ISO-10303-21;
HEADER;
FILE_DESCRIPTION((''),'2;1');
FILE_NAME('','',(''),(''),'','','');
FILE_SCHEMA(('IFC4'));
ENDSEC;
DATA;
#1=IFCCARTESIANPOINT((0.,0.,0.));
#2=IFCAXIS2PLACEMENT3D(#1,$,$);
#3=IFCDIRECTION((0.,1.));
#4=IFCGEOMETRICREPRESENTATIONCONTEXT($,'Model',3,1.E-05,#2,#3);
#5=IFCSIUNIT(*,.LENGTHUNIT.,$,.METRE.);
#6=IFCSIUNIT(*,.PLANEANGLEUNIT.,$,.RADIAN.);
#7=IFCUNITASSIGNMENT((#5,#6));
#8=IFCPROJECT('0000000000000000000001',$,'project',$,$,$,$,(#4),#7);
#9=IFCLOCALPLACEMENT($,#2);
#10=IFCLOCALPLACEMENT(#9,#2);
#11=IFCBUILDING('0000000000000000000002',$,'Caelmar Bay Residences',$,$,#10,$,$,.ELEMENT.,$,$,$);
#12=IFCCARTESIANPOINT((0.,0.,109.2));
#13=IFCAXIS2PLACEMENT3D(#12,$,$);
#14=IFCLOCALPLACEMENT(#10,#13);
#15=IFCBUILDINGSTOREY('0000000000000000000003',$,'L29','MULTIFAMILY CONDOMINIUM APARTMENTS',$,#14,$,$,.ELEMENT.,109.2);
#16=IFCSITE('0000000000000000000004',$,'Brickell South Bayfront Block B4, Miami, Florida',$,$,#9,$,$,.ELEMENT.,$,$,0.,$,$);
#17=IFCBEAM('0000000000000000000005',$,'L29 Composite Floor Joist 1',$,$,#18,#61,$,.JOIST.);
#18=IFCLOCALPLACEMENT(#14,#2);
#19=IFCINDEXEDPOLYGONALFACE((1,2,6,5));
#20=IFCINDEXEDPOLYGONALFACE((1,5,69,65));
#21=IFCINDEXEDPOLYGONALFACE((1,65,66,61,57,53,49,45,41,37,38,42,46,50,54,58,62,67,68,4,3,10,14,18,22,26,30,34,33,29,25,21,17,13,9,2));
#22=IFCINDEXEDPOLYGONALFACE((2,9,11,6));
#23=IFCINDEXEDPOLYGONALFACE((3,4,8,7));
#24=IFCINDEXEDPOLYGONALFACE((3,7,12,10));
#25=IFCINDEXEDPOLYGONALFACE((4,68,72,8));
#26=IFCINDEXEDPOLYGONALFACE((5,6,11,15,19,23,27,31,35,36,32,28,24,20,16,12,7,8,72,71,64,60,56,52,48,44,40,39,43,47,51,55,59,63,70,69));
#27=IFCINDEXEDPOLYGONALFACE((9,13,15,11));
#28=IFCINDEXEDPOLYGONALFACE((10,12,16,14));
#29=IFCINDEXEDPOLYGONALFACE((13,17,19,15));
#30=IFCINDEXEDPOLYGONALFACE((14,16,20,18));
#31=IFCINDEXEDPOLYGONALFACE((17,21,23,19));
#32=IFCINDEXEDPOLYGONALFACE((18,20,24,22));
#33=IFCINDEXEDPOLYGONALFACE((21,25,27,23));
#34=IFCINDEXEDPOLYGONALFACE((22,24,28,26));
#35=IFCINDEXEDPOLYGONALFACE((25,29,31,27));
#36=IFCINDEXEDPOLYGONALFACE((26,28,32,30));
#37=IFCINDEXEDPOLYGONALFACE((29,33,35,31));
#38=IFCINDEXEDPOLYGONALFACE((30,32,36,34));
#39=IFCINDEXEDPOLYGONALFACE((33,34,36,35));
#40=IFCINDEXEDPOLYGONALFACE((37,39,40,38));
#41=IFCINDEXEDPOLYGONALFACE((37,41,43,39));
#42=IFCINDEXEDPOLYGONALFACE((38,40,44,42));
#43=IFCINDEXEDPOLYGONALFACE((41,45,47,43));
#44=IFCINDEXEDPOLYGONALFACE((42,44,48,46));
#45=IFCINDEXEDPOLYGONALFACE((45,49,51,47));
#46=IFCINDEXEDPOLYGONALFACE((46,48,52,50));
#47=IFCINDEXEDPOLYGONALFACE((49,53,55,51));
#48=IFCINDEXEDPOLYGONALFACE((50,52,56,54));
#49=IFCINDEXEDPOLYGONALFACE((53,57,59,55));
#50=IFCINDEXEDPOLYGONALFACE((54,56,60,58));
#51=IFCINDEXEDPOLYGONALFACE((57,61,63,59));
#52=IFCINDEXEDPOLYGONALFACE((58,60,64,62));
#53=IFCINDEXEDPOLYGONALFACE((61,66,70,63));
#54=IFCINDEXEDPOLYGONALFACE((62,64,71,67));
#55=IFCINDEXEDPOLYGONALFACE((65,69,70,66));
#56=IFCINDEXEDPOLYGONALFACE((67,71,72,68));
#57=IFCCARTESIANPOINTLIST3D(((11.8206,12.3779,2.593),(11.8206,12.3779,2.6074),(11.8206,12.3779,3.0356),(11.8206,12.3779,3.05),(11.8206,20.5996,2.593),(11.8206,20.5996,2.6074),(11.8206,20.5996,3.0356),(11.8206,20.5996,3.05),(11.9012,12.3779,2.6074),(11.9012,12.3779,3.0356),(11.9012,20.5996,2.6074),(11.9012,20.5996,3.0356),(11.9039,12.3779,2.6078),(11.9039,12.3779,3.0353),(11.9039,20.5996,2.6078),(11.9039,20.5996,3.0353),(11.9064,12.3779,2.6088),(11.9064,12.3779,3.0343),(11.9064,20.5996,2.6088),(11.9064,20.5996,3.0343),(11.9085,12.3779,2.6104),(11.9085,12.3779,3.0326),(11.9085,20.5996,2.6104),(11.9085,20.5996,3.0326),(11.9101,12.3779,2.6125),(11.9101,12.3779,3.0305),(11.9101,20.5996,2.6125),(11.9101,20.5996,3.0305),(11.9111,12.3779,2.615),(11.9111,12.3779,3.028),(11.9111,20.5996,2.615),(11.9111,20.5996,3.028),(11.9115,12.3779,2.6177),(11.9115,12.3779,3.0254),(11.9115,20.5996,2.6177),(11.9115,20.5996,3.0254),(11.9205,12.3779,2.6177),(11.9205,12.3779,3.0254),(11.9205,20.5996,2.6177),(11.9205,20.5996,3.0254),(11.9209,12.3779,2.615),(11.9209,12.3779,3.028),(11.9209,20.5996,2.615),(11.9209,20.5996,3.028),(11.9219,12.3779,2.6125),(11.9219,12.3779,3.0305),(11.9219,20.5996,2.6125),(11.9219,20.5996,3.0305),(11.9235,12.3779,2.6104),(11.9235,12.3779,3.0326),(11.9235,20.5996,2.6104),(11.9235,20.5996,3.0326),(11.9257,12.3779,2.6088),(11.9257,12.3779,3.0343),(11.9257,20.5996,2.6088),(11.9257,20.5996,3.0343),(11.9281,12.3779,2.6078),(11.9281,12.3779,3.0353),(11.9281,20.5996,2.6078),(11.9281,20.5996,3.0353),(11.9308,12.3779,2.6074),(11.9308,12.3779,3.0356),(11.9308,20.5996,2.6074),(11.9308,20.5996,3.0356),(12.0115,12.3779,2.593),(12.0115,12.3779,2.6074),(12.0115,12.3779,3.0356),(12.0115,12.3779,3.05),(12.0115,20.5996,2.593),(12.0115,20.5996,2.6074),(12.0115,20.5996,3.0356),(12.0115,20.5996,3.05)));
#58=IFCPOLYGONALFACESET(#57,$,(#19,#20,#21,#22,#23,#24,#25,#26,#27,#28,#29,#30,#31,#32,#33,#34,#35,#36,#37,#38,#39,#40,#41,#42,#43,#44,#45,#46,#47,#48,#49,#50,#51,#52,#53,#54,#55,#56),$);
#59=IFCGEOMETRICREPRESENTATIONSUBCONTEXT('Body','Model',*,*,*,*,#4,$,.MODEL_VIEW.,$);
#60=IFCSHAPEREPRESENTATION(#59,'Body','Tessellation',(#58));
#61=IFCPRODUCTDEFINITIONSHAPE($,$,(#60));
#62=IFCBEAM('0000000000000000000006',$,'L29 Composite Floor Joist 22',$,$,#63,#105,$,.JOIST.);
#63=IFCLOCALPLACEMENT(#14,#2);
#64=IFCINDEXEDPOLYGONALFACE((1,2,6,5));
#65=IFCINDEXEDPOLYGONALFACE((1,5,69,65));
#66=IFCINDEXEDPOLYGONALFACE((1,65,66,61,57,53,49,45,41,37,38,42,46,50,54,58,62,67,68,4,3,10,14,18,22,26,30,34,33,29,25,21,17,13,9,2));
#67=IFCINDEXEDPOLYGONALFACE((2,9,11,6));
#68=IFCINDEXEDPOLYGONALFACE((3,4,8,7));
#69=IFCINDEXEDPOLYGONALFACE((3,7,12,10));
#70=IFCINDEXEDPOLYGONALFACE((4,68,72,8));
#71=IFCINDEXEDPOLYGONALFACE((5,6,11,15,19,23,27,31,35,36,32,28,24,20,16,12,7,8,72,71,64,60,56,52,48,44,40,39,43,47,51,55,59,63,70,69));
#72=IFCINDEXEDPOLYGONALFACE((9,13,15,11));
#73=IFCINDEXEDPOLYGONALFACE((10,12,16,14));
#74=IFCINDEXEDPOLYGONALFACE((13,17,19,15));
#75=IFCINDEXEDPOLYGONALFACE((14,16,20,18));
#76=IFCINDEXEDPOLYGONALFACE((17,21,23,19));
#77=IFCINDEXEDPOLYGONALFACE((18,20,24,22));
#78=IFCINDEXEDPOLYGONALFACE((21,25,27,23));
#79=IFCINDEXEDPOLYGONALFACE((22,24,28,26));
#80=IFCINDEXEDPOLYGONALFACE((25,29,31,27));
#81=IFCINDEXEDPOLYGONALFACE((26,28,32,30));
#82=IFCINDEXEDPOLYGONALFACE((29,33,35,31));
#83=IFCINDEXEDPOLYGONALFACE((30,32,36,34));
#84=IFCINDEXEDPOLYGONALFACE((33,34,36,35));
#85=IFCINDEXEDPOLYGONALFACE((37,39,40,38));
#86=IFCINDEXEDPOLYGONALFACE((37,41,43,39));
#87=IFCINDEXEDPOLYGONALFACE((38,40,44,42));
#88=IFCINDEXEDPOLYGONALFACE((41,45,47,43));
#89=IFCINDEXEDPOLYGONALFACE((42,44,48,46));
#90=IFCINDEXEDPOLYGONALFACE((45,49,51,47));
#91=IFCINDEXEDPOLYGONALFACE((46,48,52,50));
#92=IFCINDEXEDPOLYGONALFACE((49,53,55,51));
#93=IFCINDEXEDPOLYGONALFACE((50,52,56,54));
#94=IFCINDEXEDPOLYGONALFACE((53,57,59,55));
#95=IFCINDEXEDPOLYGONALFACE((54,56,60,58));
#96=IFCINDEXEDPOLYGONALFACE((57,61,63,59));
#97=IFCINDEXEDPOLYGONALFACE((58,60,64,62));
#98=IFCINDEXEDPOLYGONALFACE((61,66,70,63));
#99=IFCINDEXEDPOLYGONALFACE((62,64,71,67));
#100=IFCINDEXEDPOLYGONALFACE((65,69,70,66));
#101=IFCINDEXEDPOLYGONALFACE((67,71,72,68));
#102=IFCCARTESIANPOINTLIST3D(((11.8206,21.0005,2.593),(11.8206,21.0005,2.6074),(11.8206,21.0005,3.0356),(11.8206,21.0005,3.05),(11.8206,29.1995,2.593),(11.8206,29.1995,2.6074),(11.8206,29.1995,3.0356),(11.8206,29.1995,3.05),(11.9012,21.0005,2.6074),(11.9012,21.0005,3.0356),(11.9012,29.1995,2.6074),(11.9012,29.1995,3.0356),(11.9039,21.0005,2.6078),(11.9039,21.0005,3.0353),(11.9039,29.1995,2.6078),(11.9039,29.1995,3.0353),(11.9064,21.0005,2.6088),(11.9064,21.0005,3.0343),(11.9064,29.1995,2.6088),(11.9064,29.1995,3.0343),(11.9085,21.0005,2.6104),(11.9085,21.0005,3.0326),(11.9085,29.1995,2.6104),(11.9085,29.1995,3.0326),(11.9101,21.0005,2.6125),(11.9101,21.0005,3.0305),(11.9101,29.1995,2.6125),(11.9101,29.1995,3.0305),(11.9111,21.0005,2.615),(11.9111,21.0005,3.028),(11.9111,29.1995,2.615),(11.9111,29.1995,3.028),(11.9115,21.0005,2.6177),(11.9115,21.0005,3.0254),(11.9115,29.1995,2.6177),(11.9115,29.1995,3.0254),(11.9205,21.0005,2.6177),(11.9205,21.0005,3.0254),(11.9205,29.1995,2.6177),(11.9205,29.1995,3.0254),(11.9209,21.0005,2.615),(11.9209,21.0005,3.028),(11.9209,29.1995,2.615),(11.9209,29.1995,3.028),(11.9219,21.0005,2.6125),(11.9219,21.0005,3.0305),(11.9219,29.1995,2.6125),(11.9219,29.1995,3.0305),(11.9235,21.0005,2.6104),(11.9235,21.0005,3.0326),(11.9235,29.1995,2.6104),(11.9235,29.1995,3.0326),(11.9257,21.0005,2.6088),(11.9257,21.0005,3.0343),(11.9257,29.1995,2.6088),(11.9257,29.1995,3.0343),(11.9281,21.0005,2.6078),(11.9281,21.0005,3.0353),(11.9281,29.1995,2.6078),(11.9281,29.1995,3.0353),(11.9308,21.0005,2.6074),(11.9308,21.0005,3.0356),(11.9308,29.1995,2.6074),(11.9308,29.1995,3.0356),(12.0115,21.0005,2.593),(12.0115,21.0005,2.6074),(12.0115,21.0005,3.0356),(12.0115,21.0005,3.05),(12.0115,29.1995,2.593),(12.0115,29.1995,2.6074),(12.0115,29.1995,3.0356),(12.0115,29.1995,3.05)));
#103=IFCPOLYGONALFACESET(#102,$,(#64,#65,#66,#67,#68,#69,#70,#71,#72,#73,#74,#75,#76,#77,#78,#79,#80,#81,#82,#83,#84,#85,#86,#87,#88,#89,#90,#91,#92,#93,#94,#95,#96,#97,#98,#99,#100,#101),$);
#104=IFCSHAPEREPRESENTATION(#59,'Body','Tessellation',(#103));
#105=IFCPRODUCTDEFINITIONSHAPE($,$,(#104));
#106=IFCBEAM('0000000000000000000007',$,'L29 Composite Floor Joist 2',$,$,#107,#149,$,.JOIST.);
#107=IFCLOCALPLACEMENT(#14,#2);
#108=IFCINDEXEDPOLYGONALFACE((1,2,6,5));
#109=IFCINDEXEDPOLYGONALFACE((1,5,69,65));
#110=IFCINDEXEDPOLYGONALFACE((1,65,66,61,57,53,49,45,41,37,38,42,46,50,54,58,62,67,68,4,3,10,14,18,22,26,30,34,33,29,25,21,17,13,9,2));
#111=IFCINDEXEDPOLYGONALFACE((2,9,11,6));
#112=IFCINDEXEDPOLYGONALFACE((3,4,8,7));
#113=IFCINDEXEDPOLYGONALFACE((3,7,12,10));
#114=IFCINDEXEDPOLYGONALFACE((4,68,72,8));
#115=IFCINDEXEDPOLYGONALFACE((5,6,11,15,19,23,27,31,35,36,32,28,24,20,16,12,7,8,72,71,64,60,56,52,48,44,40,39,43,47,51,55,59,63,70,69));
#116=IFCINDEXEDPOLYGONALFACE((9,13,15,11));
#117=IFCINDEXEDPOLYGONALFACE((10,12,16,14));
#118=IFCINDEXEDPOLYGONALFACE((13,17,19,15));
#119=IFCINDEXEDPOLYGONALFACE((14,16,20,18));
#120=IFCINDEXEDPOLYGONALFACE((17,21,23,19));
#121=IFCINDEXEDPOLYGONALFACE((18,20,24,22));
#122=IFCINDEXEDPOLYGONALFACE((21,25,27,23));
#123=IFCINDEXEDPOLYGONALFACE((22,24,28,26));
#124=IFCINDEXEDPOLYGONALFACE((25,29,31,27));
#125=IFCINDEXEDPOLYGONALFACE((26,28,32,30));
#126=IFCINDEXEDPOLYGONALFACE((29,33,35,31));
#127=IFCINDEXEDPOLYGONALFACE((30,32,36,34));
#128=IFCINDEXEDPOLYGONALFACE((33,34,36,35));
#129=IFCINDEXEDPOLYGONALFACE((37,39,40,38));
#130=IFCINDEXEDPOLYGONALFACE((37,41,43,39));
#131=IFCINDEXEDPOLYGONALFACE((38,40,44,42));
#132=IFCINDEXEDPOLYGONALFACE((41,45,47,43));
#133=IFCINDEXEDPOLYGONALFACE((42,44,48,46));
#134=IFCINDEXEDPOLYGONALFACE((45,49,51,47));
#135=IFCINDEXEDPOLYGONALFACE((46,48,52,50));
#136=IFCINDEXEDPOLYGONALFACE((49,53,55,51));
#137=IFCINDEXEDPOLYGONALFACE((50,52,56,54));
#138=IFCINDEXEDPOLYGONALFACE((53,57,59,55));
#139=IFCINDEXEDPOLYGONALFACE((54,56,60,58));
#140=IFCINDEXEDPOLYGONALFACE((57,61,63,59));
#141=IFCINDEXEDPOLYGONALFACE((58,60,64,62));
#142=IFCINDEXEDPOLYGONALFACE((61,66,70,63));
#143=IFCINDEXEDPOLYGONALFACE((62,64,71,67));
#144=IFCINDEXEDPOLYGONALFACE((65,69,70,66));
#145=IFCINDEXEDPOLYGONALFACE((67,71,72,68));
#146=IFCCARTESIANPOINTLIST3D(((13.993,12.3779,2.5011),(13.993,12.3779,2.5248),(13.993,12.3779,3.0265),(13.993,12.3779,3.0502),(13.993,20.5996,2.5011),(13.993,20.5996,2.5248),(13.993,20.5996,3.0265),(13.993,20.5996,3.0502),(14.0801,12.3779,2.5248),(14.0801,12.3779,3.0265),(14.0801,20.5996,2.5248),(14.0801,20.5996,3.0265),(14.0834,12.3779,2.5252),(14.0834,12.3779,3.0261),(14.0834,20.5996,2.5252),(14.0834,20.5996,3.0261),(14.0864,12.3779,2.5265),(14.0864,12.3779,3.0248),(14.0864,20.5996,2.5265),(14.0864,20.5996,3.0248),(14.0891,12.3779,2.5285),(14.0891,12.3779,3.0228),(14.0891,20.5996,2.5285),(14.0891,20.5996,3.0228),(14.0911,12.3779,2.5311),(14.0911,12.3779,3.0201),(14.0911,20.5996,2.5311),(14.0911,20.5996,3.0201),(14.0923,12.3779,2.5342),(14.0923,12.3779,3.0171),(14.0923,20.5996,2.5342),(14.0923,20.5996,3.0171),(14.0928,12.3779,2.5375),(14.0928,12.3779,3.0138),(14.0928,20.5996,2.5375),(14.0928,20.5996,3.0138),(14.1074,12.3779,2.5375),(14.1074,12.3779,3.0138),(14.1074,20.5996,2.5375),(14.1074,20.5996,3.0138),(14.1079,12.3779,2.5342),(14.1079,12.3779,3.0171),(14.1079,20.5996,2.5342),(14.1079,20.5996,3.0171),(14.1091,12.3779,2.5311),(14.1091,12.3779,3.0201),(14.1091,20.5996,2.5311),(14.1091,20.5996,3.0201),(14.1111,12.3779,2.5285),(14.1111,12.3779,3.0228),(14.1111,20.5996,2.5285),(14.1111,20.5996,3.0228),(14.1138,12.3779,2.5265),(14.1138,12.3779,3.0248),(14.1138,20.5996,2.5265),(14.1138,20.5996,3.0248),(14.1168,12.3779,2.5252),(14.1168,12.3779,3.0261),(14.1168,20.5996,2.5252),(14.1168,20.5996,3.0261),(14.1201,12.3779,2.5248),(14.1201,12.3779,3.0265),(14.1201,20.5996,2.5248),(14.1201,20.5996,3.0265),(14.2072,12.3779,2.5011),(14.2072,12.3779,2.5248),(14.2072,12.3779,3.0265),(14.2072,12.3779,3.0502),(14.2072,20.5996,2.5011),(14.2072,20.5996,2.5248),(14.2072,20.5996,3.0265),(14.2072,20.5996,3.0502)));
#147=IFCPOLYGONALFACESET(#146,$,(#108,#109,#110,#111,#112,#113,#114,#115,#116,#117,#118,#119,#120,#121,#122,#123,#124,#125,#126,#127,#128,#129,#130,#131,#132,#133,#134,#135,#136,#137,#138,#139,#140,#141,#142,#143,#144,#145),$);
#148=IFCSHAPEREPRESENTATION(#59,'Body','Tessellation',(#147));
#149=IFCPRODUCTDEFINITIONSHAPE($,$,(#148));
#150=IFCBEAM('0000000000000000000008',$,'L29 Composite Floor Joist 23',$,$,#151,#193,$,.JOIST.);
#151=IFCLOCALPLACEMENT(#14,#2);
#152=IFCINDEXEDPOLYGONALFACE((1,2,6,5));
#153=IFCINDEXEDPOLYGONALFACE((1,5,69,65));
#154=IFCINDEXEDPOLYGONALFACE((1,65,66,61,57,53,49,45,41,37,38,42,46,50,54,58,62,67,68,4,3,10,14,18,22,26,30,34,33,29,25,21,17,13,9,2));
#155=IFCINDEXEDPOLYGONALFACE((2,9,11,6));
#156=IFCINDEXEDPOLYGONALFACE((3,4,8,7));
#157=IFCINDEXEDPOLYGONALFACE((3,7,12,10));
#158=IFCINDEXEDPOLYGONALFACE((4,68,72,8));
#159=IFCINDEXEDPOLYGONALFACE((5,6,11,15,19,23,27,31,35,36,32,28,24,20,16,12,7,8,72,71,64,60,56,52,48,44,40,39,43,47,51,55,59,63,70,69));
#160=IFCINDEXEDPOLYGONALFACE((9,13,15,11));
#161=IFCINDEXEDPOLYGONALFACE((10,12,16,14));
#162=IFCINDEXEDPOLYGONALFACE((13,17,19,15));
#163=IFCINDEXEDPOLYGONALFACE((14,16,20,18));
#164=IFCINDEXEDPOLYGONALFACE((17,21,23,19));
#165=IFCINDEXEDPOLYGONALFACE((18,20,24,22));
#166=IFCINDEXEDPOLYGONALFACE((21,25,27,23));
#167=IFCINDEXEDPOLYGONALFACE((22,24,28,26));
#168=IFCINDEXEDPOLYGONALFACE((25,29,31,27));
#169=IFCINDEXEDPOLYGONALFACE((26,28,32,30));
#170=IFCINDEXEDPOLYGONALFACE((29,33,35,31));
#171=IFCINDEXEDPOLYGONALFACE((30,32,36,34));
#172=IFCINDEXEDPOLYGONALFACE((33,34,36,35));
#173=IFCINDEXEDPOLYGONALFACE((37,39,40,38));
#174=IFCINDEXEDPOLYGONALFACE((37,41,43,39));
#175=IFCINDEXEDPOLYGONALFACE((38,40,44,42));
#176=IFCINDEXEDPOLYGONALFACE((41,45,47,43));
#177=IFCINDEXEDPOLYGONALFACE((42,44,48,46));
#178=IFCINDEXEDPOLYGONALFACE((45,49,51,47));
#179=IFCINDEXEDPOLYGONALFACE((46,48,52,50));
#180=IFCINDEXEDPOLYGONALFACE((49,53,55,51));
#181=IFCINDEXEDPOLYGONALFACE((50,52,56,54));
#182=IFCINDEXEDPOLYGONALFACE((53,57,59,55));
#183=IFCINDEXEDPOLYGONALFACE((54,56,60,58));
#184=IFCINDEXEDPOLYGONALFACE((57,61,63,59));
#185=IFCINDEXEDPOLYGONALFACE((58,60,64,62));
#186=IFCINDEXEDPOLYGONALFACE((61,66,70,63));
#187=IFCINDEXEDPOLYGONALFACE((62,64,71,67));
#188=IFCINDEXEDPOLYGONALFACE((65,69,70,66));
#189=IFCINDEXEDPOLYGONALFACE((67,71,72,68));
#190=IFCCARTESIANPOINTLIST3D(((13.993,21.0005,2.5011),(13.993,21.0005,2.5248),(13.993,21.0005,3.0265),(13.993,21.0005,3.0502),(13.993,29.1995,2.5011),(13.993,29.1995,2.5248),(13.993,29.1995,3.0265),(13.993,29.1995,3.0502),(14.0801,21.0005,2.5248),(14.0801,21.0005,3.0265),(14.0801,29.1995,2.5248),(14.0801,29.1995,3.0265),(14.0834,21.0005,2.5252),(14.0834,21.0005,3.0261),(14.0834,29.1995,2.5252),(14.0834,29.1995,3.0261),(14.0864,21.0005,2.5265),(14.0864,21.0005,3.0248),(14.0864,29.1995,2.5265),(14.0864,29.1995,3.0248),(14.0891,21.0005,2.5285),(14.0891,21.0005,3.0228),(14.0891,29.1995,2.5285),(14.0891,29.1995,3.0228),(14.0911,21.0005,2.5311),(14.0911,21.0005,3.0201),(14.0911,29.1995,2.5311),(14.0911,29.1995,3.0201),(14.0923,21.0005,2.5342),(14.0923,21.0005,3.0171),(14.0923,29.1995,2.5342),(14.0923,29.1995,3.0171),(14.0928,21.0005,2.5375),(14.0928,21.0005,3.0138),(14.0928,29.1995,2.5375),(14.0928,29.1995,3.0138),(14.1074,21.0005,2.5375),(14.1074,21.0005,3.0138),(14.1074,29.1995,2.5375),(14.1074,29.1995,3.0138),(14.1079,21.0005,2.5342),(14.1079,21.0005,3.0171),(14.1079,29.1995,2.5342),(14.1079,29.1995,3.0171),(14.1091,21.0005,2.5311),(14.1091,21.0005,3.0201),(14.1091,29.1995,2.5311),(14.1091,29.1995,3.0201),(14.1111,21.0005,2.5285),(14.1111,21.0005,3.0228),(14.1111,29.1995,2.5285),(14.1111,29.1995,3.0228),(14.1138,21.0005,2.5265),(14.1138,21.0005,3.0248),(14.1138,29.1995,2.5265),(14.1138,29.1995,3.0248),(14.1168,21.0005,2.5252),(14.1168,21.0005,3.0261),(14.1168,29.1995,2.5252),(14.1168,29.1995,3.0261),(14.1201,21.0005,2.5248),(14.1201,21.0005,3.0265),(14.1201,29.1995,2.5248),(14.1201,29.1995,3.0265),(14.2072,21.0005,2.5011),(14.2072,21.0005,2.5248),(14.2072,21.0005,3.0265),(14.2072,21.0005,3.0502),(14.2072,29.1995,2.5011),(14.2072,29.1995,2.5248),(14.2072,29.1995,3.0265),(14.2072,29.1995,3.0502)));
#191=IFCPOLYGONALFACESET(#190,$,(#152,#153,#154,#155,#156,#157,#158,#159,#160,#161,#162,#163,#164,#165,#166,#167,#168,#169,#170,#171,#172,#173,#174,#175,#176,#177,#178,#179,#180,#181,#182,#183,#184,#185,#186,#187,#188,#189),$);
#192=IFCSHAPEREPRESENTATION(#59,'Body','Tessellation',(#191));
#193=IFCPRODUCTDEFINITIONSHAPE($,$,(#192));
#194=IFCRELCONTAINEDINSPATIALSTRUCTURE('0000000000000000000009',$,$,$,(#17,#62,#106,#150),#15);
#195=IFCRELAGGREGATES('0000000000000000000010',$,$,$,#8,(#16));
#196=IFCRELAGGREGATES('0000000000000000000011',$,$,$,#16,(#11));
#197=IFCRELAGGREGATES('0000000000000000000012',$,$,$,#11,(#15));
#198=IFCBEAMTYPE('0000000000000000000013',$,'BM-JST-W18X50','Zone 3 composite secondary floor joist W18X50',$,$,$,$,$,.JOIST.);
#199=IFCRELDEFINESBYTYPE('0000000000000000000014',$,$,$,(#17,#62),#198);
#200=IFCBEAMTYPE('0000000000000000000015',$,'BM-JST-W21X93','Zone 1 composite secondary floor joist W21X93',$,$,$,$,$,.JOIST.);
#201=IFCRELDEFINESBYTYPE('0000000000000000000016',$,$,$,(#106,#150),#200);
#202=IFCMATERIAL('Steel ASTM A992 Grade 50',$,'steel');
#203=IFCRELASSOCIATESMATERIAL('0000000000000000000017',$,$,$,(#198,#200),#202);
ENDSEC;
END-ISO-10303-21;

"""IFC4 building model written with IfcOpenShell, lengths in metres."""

from ifc_helpers import new_model, si_unit, direction, frame, origin, origin_2d, place, context, subcontext, project, spatial, i_section, extrude, material, material_profile, profile_set, type_object, element, save


model = new_model("IFC4")

# Units and contexts
model_context = context("Model", 3, precision=1e-05, world=origin(), true_north=direction((0.0, 1.0)))
body_context = subcontext(model_context, "Body", "Model", "MODEL_VIEW")
ifc_project = project(units=[si_unit("LENGTHUNIT", "METRE"), si_unit("PLANEANGLEUNIT", "RADIAN")], contexts=[model_context])

# Site, building, storey
site_placement = place(None, origin())
site = spatial("IfcSite", under=ifc_project, at=site_placement, Name="Brickell South Bayfront Block B4, Miami, Florida", CompositionType="ELEMENT", RefElevation=0.0)
building_placement = place(site_placement, origin())
building = spatial("IfcBuilding", under=site, at=building_placement, Name="Caelmar Bay Residences", CompositionType="ELEMENT")
storey_placement = place(building_placement, frame((0.0, 0.0, 109.2)))
storey = spatial("IfcBuildingStorey", under=building, at=storey_placement, Name="L29", Description="MULTIFAMILY CONDOMINIUM APARTMENTS", CompositionType="ELEMENT", Elevation=109.2)

# Beams
ifc_material_1 = material(Name="Steel ASTM A992 Grade 50", Category="steel")
ifc_material_profile_1 = material_profile(ifc_material_1, i_section(OverallWidth=0.1909, OverallDepth=0.457, WebThickness=0.009, FlangeThickness=0.0144, FilletRadius=0.0103, at=origin_2d()), Name="W18X50")
ifc_profile_set_1 = profile_set([ifc_material_profile_1], Name="Steel ASTM A992 Grade 50")
beam_type_1 = type_object("IfcBeamType", Name="BM-JST-W18X50", Description="Zone 3 composite secondary floor joist W18X50", PredefinedType="JOIST", material=ifc_profile_set_1)
beam_1_placement = place(storey_placement, frame((11.916, 12.3779, 2.8215), z_axis=(0.0, 1.0, 0.0), x_axis=(-1.0, 0.0, 0.0)))
element("IfcBeam", 1, at=beam_1_placement, inside=storey, type_object=beam_type_1, Name="L29 Composite Floor Joist 1", PredefinedType="JOIST", context=body_context, shape_type="SweptSolid", body=[
    extrude(i_section(OverallWidth=0.1909, OverallDepth=0.457, WebThickness=0.009, FlangeThickness=0.0144, FilletRadius=0.0103, at=origin_2d()), origin(), (0.0, 0.0, 1.0), 8.2217),
])
beam_2_placement = place(storey_placement, frame((11.916, 21.0005, 2.8215), z_axis=(0.0, 1.0, 0.0), x_axis=(-1.0, 0.0, 0.0)))
element("IfcBeam", 2, at=beam_2_placement, inside=storey, type_object=beam_type_1, Name="L29 Composite Floor Joist 22", PredefinedType="JOIST", context=body_context, shape_type="SweptSolid", body=[
    extrude(i_section(OverallWidth=0.1909, OverallDepth=0.457, WebThickness=0.009, FlangeThickness=0.0144, FilletRadius=0.0103, at=origin_2d()), origin(), (0.0, 0.0, 1.0), 8.199),
])
ifc_material_profile_2 = material_profile(ifc_material_1, i_section(OverallWidth=0.2141, OverallDepth=0.5491, WebThickness=0.0146, FlangeThickness=0.0237, FilletRadius=0.0127, at=origin_2d()), Name="W21X93")
ifc_profile_set_2 = profile_set([ifc_material_profile_2], Name="Steel ASTM A992 Grade 50")
beam_type_2 = type_object("IfcBeamType", Name="BM-JST-W21X93", Description="Zone 1 composite secondary floor joist W21X93", PredefinedType="JOIST", material=ifc_profile_set_2)
beam_3_placement = place(storey_placement, frame((14.1001, 12.3779, 2.7756), z_axis=(0.0, 1.0, 0.0), x_axis=(-1.0, 0.0, 0.0)))
element("IfcBeam", 3, at=beam_3_placement, inside=storey, type_object=beam_type_2, Name="L29 Composite Floor Joist 2", PredefinedType="JOIST", context=body_context, shape_type="SweptSolid", body=[
    extrude(i_section(OverallWidth=0.2141, OverallDepth=0.5491, WebThickness=0.0146, FlangeThickness=0.0237, FilletRadius=0.0127, at=origin_2d()), origin(), (0.0, 0.0, 1.0), 8.2217),
])
beam_4_placement = place(storey_placement, frame((14.1001, 21.0005, 2.7756), z_axis=(0.0, 1.0, 0.0), x_axis=(-1.0, 0.0, 0.0)))
element("IfcBeam", 4, at=beam_4_placement, inside=storey, type_object=beam_type_2, Name="L29 Composite Floor Joist 23", PredefinedType="JOIST", context=body_context, shape_type="SweptSolid", body=[
    extrude(i_section(OverallWidth=0.2141, OverallDepth=0.5491, WebThickness=0.0146, FlangeThickness=0.0237, FilletRadius=0.0127, at=origin_2d()), origin(), (0.0, 0.0, 1.0), 8.199),
])

save(model, "model.ifc")
